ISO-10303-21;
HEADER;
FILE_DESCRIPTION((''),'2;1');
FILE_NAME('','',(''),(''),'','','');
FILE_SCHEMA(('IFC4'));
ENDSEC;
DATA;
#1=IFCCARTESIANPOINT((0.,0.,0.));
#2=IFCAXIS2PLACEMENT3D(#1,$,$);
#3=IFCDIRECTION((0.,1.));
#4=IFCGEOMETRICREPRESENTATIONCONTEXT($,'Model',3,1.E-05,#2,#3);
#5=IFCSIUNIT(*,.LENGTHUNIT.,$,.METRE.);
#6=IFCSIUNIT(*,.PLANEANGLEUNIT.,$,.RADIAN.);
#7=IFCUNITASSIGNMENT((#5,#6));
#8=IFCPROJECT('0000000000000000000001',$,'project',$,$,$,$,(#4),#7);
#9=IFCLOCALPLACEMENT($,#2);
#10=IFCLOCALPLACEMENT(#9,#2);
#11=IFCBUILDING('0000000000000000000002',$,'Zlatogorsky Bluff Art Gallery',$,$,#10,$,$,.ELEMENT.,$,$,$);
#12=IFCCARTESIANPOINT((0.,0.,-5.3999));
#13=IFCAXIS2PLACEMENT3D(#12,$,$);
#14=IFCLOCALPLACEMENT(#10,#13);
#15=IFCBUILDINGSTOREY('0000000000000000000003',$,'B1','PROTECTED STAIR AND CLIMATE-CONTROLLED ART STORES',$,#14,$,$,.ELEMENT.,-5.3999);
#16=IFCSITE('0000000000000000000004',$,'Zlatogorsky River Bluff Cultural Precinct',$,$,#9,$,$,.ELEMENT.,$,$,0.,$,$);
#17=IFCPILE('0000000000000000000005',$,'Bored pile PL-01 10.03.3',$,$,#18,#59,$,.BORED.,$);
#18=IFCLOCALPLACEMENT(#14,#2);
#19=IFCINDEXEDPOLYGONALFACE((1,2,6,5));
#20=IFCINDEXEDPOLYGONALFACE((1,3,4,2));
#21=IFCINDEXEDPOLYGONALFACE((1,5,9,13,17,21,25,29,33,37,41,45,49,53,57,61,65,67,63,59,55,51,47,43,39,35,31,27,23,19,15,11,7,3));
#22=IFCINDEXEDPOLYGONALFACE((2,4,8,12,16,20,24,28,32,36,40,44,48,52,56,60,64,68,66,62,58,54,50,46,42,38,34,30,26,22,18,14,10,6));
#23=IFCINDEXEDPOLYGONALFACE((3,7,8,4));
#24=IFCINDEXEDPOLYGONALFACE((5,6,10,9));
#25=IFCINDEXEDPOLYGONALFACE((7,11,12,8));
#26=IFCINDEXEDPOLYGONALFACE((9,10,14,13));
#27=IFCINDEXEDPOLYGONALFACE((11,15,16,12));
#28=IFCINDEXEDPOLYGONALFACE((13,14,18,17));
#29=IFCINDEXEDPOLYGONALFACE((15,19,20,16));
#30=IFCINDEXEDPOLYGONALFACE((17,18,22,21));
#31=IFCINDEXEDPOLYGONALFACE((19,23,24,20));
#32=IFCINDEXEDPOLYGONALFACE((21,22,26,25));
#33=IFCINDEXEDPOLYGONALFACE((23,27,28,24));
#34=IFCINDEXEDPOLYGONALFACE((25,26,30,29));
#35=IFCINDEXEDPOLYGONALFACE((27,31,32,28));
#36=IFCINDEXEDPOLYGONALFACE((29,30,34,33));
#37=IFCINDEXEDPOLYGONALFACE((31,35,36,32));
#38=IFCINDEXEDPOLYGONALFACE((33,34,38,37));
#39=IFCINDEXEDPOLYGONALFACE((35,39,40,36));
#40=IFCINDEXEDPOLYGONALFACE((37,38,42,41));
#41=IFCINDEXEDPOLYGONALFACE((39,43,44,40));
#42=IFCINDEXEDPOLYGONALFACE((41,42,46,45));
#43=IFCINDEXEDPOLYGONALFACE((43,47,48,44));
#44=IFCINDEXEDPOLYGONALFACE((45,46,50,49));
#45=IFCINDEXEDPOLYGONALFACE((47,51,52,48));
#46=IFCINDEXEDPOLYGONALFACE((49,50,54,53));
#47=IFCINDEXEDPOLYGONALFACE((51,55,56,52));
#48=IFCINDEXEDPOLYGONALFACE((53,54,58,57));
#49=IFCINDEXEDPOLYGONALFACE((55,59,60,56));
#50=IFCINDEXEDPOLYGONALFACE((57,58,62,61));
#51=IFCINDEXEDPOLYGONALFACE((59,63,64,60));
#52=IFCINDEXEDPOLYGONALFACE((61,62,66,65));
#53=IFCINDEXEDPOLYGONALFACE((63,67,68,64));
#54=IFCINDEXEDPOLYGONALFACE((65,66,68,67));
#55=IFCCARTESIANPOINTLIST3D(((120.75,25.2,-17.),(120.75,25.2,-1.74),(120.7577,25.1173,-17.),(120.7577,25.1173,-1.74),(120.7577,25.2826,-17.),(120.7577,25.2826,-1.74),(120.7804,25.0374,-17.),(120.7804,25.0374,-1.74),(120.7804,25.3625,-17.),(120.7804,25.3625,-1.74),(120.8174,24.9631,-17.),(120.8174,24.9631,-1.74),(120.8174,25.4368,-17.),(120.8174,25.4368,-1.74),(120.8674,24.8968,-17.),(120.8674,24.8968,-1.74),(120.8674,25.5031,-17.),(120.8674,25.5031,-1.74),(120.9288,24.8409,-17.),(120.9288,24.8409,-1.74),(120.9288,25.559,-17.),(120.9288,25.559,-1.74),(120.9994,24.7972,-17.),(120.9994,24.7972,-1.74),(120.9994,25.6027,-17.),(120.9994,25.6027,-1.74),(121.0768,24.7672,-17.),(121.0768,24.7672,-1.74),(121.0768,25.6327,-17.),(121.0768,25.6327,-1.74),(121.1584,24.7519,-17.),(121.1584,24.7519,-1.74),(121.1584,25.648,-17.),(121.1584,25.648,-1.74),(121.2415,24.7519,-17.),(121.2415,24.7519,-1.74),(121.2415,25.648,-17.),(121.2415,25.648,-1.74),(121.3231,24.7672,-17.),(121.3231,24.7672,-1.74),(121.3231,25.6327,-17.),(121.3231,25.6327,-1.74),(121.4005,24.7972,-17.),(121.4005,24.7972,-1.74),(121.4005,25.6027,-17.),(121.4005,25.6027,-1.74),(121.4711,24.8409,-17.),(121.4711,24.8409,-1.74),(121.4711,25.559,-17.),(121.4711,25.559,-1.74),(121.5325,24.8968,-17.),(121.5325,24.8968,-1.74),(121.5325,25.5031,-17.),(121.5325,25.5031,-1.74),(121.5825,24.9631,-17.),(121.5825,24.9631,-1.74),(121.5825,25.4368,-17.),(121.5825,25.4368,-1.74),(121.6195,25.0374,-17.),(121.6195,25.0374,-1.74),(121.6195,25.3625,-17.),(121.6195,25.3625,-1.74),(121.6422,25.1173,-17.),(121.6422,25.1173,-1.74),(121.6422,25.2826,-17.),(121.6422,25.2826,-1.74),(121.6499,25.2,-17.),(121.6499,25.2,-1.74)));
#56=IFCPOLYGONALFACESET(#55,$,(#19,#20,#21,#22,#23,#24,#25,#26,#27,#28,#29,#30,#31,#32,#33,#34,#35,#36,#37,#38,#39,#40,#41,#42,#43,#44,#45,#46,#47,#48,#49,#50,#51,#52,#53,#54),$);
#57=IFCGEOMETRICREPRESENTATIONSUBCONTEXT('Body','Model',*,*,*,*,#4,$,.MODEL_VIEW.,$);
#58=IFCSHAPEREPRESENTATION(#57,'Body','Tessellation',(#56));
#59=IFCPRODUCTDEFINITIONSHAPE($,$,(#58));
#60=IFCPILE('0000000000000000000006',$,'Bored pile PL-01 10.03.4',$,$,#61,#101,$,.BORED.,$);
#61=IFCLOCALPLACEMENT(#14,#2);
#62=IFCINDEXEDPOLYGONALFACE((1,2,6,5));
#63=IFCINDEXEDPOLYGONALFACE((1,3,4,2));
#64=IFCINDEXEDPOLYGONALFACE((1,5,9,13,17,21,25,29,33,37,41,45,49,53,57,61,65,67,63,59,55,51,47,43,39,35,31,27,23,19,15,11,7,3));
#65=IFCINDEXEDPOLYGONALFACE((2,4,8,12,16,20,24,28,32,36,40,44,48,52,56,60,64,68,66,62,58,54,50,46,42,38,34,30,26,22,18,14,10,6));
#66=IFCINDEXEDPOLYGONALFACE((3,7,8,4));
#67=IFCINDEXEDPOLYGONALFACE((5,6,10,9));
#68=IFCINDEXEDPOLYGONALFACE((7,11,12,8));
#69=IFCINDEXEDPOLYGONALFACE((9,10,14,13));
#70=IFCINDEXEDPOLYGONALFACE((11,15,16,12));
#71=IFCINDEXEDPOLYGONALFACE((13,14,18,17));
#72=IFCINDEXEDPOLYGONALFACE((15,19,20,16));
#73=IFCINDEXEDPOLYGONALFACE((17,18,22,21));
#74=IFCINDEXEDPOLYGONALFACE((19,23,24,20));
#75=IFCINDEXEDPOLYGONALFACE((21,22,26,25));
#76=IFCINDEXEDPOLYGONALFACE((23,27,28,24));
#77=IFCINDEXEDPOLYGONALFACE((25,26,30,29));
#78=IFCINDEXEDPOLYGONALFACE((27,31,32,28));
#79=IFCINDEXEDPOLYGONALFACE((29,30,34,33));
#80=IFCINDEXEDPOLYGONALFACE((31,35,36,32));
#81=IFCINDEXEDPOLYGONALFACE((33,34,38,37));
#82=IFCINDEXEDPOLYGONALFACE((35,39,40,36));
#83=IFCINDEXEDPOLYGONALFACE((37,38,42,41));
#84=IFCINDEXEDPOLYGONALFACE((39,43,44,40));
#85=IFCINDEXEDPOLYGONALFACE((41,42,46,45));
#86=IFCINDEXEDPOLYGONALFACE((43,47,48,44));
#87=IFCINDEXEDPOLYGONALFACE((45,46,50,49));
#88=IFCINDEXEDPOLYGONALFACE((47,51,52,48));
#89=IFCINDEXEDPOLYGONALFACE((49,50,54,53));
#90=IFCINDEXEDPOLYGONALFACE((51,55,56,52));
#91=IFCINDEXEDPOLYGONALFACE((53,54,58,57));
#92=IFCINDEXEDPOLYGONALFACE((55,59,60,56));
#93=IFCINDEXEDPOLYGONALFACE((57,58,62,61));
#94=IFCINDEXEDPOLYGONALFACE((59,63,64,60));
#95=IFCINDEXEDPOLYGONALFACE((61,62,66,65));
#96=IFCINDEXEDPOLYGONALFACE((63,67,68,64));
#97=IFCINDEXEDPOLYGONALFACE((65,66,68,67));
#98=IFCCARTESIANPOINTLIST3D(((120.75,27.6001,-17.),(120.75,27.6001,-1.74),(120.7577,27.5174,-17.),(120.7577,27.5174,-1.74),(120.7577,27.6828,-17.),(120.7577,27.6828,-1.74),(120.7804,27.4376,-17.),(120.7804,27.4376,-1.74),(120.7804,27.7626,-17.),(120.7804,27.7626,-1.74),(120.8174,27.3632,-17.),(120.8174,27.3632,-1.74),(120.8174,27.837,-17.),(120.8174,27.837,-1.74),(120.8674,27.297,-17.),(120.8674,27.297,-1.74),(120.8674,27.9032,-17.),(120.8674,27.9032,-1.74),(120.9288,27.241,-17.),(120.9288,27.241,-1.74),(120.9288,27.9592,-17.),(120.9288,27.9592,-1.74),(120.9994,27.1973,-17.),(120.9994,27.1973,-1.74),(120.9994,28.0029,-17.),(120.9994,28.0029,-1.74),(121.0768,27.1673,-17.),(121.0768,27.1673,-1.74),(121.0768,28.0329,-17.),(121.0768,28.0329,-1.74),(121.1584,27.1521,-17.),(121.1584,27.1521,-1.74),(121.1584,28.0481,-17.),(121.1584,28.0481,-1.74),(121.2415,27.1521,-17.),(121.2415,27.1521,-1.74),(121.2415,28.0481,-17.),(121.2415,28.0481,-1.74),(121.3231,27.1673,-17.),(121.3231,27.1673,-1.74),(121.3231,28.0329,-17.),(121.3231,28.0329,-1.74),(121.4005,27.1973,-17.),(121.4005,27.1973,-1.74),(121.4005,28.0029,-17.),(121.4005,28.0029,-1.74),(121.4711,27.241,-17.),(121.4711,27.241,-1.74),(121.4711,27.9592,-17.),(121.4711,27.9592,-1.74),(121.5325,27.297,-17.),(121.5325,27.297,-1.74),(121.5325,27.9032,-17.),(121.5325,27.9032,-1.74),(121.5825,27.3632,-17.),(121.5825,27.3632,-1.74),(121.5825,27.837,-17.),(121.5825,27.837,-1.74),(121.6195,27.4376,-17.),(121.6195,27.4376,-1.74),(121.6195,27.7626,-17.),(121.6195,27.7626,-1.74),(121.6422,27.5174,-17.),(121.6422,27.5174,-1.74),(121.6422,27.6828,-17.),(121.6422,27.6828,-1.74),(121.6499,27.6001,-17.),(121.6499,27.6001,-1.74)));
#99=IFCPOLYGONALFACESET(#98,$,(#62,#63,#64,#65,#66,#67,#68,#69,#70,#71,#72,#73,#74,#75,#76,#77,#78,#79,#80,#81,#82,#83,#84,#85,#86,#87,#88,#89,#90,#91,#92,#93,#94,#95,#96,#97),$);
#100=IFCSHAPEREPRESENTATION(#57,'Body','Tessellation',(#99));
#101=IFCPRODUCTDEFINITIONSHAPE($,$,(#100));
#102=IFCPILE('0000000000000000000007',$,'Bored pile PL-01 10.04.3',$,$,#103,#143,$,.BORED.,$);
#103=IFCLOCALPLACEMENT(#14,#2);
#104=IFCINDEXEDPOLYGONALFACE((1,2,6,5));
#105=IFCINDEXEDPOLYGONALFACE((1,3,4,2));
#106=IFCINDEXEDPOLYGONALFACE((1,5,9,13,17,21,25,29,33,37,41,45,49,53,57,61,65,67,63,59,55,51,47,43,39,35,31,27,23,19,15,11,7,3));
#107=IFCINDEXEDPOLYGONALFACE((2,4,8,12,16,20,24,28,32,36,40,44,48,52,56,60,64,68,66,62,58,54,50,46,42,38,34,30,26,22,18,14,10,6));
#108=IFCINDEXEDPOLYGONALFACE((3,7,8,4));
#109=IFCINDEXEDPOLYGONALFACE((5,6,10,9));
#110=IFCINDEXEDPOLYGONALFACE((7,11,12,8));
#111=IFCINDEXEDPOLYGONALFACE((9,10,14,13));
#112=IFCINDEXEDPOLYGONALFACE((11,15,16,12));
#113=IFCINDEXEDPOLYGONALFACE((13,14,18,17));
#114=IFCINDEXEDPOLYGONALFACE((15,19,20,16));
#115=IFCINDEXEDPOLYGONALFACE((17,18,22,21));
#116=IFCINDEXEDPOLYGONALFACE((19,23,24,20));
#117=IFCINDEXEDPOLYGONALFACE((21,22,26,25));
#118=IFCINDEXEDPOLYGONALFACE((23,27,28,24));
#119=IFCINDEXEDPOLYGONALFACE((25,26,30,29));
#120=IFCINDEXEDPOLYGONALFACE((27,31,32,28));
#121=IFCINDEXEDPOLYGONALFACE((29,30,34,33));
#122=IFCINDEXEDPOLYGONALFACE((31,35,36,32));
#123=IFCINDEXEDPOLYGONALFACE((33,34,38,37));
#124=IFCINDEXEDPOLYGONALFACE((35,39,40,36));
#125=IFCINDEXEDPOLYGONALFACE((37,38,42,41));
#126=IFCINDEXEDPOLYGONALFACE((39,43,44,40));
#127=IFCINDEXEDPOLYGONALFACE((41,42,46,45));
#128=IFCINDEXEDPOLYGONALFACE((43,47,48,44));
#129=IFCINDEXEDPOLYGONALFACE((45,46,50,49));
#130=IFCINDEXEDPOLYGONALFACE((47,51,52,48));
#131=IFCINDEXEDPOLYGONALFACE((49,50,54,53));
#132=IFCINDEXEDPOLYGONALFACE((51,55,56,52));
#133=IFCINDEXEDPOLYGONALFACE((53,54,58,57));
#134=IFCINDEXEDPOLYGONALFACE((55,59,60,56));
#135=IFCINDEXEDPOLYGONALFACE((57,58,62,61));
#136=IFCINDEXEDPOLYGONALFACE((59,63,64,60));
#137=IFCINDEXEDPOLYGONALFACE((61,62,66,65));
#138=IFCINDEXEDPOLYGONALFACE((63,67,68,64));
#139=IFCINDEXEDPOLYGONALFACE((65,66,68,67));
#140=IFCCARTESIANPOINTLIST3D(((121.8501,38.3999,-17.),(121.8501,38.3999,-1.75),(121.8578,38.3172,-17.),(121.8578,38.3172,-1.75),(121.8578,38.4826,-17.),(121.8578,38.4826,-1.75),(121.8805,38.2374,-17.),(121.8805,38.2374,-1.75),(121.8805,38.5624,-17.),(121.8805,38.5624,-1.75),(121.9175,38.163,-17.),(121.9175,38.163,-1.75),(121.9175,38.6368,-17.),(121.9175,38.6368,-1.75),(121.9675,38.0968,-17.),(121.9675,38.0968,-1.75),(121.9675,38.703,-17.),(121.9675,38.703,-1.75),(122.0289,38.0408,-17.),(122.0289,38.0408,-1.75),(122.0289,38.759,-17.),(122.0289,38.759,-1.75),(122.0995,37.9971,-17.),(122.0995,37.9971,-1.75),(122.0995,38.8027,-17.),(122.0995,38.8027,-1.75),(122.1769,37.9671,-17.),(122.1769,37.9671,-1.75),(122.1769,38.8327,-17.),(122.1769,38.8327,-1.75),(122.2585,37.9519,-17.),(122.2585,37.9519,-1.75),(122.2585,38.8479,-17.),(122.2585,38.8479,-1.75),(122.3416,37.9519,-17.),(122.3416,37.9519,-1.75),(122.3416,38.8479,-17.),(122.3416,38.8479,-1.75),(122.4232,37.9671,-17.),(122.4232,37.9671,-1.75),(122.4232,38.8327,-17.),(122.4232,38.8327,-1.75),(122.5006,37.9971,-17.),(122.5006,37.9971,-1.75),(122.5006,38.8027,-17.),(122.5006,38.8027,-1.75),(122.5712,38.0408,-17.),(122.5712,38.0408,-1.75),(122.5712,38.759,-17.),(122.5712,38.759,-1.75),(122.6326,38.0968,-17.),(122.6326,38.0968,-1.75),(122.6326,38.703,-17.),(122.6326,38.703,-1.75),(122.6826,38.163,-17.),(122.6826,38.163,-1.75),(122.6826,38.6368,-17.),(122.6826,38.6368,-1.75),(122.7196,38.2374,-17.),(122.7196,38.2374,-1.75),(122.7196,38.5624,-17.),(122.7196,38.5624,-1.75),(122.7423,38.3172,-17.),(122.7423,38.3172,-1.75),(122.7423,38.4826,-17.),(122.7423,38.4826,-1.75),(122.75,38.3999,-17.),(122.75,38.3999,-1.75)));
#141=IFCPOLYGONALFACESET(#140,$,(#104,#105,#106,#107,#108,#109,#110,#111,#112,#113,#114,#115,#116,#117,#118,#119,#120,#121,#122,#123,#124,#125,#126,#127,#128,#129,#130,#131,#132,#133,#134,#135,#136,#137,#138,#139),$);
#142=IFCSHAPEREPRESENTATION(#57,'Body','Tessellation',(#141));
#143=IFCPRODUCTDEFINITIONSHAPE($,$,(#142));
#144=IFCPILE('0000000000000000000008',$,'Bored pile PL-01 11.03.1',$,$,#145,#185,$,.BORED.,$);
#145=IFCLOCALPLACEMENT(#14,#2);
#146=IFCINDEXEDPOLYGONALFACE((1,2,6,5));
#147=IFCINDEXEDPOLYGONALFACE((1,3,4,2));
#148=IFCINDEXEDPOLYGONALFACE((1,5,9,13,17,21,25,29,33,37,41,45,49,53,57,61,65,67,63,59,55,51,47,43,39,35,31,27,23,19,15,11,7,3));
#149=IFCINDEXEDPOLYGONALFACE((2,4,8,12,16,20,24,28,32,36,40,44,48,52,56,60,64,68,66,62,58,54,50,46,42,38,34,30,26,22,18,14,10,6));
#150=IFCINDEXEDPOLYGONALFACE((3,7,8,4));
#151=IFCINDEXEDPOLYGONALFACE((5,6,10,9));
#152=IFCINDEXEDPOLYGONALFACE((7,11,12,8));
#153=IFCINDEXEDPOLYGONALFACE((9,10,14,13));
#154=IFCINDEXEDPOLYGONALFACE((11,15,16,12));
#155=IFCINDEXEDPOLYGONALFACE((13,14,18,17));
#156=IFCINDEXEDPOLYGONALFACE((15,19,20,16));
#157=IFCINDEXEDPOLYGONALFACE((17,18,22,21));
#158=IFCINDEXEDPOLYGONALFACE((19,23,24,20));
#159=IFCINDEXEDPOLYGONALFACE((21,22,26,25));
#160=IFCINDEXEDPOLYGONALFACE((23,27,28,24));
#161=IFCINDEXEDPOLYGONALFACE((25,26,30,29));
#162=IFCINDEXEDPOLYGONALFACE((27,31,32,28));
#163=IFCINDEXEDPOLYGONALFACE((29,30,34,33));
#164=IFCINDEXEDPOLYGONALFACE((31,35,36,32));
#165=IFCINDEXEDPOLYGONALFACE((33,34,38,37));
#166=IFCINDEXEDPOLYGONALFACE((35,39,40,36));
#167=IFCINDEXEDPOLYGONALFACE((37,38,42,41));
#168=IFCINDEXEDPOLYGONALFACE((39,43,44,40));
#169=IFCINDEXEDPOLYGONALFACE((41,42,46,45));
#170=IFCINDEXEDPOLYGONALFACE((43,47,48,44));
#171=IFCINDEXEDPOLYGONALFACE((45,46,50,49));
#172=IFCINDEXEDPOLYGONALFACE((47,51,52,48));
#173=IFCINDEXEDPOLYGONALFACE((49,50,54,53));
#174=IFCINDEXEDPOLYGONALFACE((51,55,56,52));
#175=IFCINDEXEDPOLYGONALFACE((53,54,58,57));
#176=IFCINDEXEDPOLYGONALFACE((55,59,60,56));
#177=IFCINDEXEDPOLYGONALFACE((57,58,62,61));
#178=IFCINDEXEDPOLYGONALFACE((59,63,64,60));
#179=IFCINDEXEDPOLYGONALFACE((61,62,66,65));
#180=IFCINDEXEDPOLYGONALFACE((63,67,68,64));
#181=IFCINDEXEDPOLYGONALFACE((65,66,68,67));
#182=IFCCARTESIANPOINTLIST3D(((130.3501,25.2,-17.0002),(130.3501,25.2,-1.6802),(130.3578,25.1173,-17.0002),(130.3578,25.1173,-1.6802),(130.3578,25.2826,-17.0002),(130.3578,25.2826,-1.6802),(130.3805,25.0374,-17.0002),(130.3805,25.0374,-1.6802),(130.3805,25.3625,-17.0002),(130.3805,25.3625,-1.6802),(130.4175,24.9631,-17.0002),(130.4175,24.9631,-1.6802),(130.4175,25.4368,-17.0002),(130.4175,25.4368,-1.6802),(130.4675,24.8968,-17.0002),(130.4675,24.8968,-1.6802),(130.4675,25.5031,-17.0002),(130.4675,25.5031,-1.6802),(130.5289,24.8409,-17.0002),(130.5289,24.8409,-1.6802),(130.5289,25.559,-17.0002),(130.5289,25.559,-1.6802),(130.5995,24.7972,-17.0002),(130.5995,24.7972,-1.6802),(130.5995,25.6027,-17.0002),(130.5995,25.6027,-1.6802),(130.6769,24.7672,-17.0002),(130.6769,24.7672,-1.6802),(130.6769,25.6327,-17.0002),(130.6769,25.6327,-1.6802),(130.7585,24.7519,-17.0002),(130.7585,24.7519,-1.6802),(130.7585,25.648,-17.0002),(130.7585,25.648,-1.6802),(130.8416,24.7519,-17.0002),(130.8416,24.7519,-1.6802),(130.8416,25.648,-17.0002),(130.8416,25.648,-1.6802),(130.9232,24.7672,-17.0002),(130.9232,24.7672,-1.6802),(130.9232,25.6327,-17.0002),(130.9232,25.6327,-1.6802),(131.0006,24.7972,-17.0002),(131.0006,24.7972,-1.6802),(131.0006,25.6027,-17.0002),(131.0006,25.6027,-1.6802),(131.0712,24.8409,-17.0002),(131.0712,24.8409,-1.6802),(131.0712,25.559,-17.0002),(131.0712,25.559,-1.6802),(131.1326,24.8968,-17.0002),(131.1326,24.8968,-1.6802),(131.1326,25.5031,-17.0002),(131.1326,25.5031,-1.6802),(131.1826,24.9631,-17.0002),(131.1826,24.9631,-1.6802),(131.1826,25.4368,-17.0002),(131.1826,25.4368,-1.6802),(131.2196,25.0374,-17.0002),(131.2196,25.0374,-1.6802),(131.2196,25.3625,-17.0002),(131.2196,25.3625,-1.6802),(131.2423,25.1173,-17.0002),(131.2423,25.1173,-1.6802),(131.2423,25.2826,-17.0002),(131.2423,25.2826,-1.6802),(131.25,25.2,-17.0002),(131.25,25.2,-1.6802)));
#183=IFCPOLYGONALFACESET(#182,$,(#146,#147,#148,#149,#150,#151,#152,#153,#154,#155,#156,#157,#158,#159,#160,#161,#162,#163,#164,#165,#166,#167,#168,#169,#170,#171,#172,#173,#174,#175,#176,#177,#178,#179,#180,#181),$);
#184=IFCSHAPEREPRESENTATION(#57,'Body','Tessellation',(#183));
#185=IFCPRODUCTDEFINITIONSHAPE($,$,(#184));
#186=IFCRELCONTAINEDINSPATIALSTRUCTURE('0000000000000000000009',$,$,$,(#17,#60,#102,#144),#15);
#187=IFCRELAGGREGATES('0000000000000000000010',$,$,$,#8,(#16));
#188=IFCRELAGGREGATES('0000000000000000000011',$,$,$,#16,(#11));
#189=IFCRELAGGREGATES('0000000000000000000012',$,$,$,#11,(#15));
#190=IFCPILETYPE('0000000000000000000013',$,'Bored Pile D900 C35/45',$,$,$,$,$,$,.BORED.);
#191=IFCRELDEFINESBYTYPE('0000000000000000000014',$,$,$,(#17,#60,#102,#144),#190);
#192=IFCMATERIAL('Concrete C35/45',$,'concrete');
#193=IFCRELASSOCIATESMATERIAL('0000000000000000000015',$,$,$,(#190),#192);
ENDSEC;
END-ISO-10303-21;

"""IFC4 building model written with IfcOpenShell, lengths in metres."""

from ifc_helpers import new_model, si_unit, direction, frame, origin, origin_2d, place, context, subcontext, project, spatial, circle, extrude, material, material_profile, profile_set, type_object, element, save


model = new_model("IFC4")

# Units and contexts
model_context = context("Model", 3, precision=1e-05, world=origin(), true_north=direction((0.0, 1.0)))
body_context = subcontext(model_context, "Body", "Model", "MODEL_VIEW")
ifc_project = project(units=[si_unit("LENGTHUNIT", "METRE"), si_unit("PLANEANGLEUNIT", "RADIAN")], contexts=[model_context])

# Site, building, storey
site_placement = place(None, origin())
site = spatial("IfcSite", under=ifc_project, at=site_placement, Name="Zlatogorsky River Bluff Cultural Precinct", CompositionType="ELEMENT", RefElevation=0.0)
building_placement = place(site_placement, origin())
building = spatial("IfcBuilding", under=site, at=building_placement, Name="Zlatogorsky Bluff Art Gallery", CompositionType="ELEMENT")
storey_placement = place(building_placement, frame((0.0, 0.0, -5.3999)))
storey = spatial("IfcBuildingStorey", under=building, at=storey_placement, Name="B1", Description="PROTECTED STAIR AND CLIMATE-CONTROLLED ART STORES", CompositionType="ELEMENT", Elevation=-5.3999)

# Piles
ifc_material_1 = material(Name="Concrete C35/45", Category="concrete")
ifc_material_profile_1 = material_profile(ifc_material_1, circle(Radius=0.45, at=origin_2d()), Name="BORED PILE D900")
ifc_profile_set_1 = profile_set([ifc_material_profile_1], Name="Concrete C35/45")
pile_type = type_object("IfcPileType", Name="Bored Pile D900 C35/45", PredefinedType="BORED", material=ifc_profile_set_1)
for number, where, z_axis, x_axis, name in (
    (1, (121.2, 25.2, -1.74), (0.0, 0.0, -1.0), (1.0, 0.0, 0.0), "Bored pile PL-01 10.03.3"),
    (2, (121.2, 27.6001, -1.74), (0.0, 0.0, -1.0), (1.0, 0.0, 0.0), "Bored pile PL-01 10.03.4"),
):
    element("IfcPile", number, at=place(storey_placement, frame(where, z_axis=z_axis, x_axis=x_axis)), inside=storey, type_object=pile_type, Name=name, PredefinedType="BORED", context=body_context, shape_type="SweptSolid", body=[
        extrude(circle(Radius=0.45, at=origin_2d()), origin(), (0.0, 0.0, 1.0), 15.26),
    ])
pile_placement = place(storey_placement, frame((122.3, 38.3999, -1.75), z_axis=(0.0, 0.0, -1.0), x_axis=(1.0, 0.0, 0.0)))
element("IfcPile", 3, at=pile_placement, inside=storey, type_object=pile_type, Name="Bored pile PL-01 10.04.3", PredefinedType="BORED", context=body_context, shape_type="SweptSolid", body=[
    extrude(circle(Radius=0.45, at=origin_2d()), origin(), (0.0, 0.0, 1.0), 15.25),
])
for number, where, z_axis, x_axis, name in (
    (4, (130.8, 25.2, -1.6802), (0.0, 0.0, -1.0), (1.0, 0.0, 0.0), "Bored pile PL-01 11.03.1"),
):
    element("IfcPile", number, at=place(storey_placement, frame(where, z_axis=z_axis, x_axis=x_axis)), inside=storey, type_object=pile_type, Name=name, PredefinedType="BORED", context=body_context, shape_type="SweptSolid", body=[
        extrude(circle(Radius=0.45, at=origin_2d()), origin(), (0.0, 0.0, 1.0), 15.3201),
    ])

save(model, "model.ifc")
